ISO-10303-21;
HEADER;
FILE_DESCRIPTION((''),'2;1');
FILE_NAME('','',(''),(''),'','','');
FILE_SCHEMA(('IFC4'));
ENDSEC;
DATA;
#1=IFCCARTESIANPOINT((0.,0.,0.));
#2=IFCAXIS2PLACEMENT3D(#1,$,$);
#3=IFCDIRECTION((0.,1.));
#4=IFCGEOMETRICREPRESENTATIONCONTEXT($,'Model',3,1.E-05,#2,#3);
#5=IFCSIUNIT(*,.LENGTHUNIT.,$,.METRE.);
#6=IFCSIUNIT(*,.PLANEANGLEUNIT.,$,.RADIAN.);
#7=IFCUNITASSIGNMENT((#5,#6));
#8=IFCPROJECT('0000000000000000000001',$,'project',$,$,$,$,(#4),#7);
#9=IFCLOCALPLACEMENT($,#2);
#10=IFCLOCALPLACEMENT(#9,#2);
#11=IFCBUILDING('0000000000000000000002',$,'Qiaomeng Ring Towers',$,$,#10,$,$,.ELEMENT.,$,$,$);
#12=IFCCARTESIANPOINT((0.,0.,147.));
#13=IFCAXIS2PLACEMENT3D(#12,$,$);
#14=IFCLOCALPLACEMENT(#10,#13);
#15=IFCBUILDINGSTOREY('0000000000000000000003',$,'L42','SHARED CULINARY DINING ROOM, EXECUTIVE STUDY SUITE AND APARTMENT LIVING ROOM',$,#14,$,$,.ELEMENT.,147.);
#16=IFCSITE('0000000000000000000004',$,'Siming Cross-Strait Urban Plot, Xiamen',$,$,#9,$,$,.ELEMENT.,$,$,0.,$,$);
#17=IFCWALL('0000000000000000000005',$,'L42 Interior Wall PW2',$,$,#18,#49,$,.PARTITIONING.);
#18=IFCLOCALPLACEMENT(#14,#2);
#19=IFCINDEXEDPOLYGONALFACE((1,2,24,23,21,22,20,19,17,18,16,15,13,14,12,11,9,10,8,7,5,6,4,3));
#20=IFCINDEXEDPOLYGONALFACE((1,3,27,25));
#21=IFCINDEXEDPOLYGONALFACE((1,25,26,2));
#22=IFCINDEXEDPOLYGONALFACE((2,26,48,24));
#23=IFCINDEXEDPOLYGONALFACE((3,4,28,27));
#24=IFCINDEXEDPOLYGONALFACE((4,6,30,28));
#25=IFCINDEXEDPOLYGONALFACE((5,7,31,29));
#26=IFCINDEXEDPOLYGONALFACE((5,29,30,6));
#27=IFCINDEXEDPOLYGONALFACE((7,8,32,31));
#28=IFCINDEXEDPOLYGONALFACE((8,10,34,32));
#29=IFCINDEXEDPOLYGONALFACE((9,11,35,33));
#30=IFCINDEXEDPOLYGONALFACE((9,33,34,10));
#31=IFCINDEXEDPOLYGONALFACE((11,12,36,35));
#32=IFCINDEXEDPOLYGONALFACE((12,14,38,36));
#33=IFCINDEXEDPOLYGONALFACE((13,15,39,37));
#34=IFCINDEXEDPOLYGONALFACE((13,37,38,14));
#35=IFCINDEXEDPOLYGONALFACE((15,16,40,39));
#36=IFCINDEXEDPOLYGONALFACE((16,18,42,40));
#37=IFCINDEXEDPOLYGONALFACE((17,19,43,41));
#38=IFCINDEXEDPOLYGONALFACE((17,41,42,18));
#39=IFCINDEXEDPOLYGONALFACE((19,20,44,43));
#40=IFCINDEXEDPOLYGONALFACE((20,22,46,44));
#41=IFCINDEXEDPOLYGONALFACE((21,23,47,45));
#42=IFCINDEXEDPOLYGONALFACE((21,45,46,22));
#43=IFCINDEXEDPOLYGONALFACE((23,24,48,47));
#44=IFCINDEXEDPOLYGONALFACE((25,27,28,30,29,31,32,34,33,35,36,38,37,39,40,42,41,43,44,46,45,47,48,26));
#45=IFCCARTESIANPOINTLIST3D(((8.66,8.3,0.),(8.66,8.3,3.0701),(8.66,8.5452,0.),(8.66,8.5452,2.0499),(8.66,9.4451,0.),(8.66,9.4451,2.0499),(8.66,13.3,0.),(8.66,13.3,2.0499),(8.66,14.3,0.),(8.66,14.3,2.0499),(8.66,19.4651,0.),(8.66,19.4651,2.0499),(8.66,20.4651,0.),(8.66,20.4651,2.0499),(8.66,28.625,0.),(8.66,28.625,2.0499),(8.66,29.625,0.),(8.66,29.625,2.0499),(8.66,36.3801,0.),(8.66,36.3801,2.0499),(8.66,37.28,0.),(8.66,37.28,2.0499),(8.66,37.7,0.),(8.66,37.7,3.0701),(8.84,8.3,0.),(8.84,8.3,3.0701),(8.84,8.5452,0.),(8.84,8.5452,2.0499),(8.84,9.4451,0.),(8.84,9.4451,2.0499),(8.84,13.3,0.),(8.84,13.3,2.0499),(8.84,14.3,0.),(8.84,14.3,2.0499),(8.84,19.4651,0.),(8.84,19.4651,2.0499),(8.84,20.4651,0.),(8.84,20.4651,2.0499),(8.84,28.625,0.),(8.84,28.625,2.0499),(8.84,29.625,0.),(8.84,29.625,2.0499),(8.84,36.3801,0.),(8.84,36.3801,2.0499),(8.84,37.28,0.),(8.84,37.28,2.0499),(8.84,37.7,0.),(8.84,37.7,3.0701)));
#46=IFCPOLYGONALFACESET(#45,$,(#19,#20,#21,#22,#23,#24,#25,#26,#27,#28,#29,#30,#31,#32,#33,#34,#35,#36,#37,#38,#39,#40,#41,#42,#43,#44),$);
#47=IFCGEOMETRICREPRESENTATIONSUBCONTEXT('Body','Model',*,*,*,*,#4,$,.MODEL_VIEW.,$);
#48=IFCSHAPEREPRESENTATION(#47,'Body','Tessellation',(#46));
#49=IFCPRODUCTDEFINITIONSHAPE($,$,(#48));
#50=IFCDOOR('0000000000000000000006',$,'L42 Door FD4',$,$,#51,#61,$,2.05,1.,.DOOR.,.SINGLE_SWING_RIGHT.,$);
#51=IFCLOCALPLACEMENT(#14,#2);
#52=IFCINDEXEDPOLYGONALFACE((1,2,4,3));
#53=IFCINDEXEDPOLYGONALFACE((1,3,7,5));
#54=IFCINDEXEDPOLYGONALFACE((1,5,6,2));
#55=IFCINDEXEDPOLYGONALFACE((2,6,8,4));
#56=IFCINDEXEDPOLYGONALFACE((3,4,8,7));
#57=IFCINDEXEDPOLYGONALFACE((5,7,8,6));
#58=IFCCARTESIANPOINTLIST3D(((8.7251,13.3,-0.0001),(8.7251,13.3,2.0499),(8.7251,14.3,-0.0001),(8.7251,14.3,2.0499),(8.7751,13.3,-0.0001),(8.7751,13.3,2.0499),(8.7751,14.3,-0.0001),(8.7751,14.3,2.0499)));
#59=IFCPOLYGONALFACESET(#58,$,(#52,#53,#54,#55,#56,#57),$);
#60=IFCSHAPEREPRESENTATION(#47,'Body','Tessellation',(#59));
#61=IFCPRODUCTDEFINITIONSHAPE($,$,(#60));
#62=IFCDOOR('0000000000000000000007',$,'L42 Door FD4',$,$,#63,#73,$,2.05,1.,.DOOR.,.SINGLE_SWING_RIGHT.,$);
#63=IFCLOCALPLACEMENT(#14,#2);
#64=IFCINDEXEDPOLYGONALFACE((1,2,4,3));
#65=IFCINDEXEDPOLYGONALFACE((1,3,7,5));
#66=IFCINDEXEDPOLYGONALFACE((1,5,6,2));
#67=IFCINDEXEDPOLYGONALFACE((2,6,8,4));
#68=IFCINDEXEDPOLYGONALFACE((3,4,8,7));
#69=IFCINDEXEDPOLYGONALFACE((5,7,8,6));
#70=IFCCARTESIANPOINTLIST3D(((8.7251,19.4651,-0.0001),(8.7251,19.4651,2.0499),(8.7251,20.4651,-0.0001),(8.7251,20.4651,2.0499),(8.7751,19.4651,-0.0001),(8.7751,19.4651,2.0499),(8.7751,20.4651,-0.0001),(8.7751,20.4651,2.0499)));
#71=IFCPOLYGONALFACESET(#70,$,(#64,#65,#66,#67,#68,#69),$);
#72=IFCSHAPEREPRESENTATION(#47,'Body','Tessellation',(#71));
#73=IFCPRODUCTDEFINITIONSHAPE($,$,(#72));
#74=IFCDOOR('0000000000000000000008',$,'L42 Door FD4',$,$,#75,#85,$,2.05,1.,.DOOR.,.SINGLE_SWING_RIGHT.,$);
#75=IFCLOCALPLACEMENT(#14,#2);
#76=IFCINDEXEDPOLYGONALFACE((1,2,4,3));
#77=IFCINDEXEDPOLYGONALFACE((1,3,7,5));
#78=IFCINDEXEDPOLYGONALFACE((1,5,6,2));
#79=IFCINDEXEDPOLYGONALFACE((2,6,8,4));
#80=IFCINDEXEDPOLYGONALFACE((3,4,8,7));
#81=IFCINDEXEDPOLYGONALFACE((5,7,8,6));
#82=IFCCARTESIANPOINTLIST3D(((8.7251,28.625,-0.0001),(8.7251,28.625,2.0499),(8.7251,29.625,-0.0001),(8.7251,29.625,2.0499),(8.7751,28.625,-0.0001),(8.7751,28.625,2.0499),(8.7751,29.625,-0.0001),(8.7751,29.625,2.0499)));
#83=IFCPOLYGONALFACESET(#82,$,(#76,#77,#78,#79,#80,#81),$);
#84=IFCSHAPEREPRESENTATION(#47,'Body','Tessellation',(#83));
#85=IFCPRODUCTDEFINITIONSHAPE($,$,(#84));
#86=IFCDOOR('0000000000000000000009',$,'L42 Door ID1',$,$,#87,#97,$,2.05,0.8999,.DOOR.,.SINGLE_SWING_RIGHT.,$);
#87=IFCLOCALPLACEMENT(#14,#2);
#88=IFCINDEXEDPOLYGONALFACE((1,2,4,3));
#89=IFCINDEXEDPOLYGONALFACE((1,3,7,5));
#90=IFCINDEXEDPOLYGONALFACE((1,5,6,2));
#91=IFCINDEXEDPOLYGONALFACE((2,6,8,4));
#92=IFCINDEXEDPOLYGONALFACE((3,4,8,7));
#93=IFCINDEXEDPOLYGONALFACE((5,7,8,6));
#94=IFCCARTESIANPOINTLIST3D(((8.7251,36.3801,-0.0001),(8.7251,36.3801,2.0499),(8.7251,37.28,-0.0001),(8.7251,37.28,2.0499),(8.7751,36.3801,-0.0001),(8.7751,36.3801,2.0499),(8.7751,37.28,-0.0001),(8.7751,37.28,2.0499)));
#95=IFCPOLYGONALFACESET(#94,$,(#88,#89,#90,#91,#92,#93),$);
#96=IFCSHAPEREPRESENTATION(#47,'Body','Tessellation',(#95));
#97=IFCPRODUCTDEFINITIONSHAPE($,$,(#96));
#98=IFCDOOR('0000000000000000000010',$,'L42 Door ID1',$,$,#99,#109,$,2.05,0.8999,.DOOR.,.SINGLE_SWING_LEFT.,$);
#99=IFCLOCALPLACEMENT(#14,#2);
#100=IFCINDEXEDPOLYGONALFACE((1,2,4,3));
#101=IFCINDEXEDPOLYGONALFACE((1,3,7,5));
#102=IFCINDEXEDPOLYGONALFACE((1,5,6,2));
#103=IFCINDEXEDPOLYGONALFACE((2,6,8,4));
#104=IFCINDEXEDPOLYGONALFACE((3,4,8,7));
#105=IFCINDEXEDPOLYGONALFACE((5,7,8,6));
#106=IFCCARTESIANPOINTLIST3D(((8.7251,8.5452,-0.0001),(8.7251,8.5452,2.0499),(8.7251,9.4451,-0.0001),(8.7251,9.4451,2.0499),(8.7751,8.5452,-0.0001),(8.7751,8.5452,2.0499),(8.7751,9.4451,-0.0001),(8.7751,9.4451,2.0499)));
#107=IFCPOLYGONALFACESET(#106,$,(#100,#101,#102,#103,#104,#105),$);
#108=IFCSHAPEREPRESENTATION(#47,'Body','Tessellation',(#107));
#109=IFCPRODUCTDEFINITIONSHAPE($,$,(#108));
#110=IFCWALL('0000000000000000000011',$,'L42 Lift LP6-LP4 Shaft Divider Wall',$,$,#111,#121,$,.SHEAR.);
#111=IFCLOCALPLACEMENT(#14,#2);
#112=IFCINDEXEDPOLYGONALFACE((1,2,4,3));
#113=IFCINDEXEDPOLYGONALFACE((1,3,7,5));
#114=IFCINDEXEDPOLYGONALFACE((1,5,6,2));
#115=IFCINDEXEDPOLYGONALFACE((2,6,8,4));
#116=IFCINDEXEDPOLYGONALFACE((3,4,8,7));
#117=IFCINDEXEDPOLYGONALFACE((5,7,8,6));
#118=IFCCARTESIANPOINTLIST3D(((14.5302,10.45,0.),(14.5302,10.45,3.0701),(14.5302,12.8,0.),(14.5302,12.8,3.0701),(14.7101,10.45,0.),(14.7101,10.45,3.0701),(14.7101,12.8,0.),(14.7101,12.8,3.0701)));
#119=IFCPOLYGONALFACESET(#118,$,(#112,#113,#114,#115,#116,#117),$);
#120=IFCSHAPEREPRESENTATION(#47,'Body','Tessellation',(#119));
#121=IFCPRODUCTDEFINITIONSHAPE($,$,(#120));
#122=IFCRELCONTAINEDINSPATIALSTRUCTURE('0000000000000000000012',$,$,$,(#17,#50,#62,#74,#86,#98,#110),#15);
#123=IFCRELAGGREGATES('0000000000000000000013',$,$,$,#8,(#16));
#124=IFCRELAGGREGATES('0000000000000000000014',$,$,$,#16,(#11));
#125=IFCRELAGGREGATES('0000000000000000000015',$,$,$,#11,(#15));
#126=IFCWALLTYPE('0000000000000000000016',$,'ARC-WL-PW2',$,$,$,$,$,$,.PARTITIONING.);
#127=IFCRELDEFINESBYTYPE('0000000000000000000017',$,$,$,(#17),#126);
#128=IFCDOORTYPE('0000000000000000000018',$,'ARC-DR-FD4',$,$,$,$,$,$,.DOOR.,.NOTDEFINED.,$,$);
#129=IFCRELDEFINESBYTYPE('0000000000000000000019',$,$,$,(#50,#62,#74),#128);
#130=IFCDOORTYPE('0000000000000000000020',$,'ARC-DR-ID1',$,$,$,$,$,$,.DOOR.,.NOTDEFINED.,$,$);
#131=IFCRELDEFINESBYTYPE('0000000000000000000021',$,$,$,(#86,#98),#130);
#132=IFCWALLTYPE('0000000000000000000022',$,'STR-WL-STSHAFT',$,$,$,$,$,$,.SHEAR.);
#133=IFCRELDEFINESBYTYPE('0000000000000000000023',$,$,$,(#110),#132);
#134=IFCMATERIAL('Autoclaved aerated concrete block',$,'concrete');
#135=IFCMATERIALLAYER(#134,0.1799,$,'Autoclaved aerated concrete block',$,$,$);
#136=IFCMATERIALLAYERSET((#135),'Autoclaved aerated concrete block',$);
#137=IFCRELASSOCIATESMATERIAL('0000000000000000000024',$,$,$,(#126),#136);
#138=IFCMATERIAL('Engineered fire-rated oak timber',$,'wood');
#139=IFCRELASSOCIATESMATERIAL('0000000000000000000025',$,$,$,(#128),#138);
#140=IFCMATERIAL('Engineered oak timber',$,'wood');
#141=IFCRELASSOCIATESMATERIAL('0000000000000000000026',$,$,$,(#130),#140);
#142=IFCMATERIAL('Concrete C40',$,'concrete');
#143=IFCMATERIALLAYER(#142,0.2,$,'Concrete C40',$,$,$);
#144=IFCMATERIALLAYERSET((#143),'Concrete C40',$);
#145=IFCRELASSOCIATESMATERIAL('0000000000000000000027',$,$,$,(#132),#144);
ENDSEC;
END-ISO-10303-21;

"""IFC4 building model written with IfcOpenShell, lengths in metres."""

from ifc_helpers import new_model, si_unit, direction, frame, frame_2d, origin, place, context, subcontext, project, spatial, rectangle, extrude, source, transform, mapped, material, layer, layer_set, type_object, element, fill, save


model = new_model("IFC4")

# Units and contexts
model_context = context("Model", 3, precision=1e-05, world=origin(), true_north=direction((0.0, 1.0)))
body_context = subcontext(model_context, "Body", "Model", "MODEL_VIEW")
ifc_project = project(units=[si_unit("LENGTHUNIT", "METRE"), si_unit("PLANEANGLEUNIT", "RADIAN")], contexts=[model_context])

# Site, building, storey
site_placement = place(None, origin())
site = spatial("IfcSite", under=ifc_project, at=site_placement, Name="Siming Cross-Strait Urban Plot, Xiamen", CompositionType="ELEMENT", RefElevation=0.0)
building_placement = place(site_placement, origin())
building = spatial("IfcBuilding", under=site, at=building_placement, Name="Qiaomeng Ring Towers", CompositionType="ELEMENT")
storey_placement = place(building_placement, frame((0.0, 0.0, 147.0)))
storey = spatial("IfcBuildingStorey", under=building, at=storey_placement, Name="L42", Description="SHARED CULINARY DINING ROOM, EXECUTIVE STUDY SUITE AND APARTMENT LIVING ROOM", CompositionType="ELEMENT", Elevation=147.0)

# Shared definitions
ifc_material_1 = material(Name="Autoclaved aerated concrete block", Category="concrete")

# Wall, openings, doors
ifc_layer_1 = layer(ifc_material_1, 0.1799, Name="Autoclaved aerated concrete block")
ifc_layer_set_1 = layer_set([ifc_layer_1], Name="Autoclaved aerated concrete block")
wall_type_1 = type_object("IfcWallType", Name="ARC-WL-PW2", PredefinedType="PARTITIONING", material=ifc_layer_set_1)
ifc_material_2 = material(Name="Engineered fire-rated oak timber", Category="wood")
door_type_1 = type_object("IfcDoorType", Name="ARC-DR-FD4", OperationType="NOTDEFINED", PredefinedType="DOOR", material=ifc_material_2)
shared_shape_1 = source(origin(), body_context, "Body", "SweptSolid", [
    extrude(rectangle(XDim=1.0, YDim=2.05, at=frame_2d((0.5, 1.0249))), frame((0.0, 0.0249, 0.0), z_axis=(0.0, -1.0, 0.0), x_axis=(1.0, 0.0, 0.0)), (0.0, 0.0, 1.0), 0.05),
])
wall_1_placement = place(storey_placement, frame((8.75, 8.3, 0.0), z_axis=(0.0, 0.0, 1.0), x_axis=(0.0, 1.0, 0.0)))
wall_1 = element("IfcWall", 1, at=wall_1_placement, inside=storey, type_object=wall_type_1, Name="L42 Interior Wall PW2", PredefinedType="PARTITIONING", context=body_context, shape_type="SweptSolid", body=[
    extrude(rectangle(XDim=29.3999, YDim=0.1799, at=frame_2d((14.7, 0.0))), origin(), (0.0, 0.0, 1.0), 3.0701),
])
opening_1_placement = place(wall_1_placement, frame((28.0801, 0.0, 0.0)))
opening_1 = element("IfcOpeningElement", 2, at=opening_1_placement, cuts=wall_1, PredefinedType="OPENING", context=body_context, shape_type="SweptSolid", body=[
    extrude(rectangle(XDim=0.8999, YDim=2.05, at=frame_2d((0.45, 1.0249))), frame((0.0, 0.0999, 0.0), z_axis=(0.0, -1.0, 0.0), x_axis=(1.0, 0.0, 0.0)), (0.0, 0.0, 1.0), 0.2),
])
opening_2_placement = place(wall_1_placement, frame((0.2451, 0.0, 0.0)))
opening_2 = element("IfcOpeningElement", 3, at=opening_2_placement, cuts=wall_1, PredefinedType="OPENING", context=body_context, shape_type="SweptSolid", body=[
    extrude(rectangle(XDim=0.8999, YDim=2.05, at=frame_2d((0.45, 1.0249))), frame((0.0, 0.0999, 0.0), z_axis=(0.0, -1.0, 0.0), x_axis=(1.0, 0.0, 0.0)), (0.0, 0.0, 1.0), 0.2),
])
opening_3_placement = place(wall_1_placement, frame((5.0, 0.0, 0.0)))
opening_3 = element("IfcOpeningElement", 4, at=opening_3_placement, cuts=wall_1, PredefinedType="OPENING", context=body_context, shape_type="SweptSolid", body=[
    extrude(rectangle(XDim=1.0, YDim=2.05, at=frame_2d((0.5, 1.0249))), frame((0.0, 0.0999, 0.0), z_axis=(0.0, -1.0, 0.0), x_axis=(1.0, 0.0, 0.0)), (0.0, 0.0, 1.0), 0.2),
])
opening_4_placement = place(wall_1_placement, frame((11.165, 0.0, 0.0)))
opening_4 = element("IfcOpeningElement", 5, at=opening_4_placement, cuts=wall_1, PredefinedType="OPENING", context=body_context, shape_type="SweptSolid", body=[
    extrude(rectangle(XDim=1.0, YDim=2.05, at=frame_2d((0.5, 1.0249))), frame((0.0, 0.0999, 0.0), z_axis=(0.0, -1.0, 0.0), x_axis=(1.0, 0.0, 0.0)), (0.0, 0.0, 1.0), 0.2),
])
opening_5_placement = place(wall_1_placement, frame((20.325, 0.0, 0.0)))
opening_5 = element("IfcOpeningElement", 6, at=opening_5_placement, cuts=wall_1, PredefinedType="OPENING", context=body_context, shape_type="SweptSolid", body=[
    extrude(rectangle(XDim=1.0, YDim=2.05, at=frame_2d((0.5, 1.0249))), frame((0.0, 0.0999, 0.0), z_axis=(0.0, -1.0, 0.0), x_axis=(1.0, 0.0, 0.0)), (0.0, 0.0, 1.0), 0.2),
])
door_1_placement = place(opening_3_placement, origin())
door_1 = element("IfcDoor", 7, at=door_1_placement, inside=storey, type_object=door_type_1, Name="L42 Door FD4", OperationType="SINGLE_SWING_RIGHT", OverallHeight=2.05, OverallWidth=1.0, PredefinedType="DOOR", context=body_context, shape_type="MappedRepresentation", body=[
    mapped(shared_shape_1, transform((0.0, 0.0, 0.0), x_axis=(1.0, 0.0, 0.0), y_axis=(0.0, 1.0, 0.0), z_axis=(0.0, 0.0, 1.0), scale=1.0)),
])
fill(opening_3, door_1)
door_2_placement = place(opening_4_placement, origin())
door_2 = element("IfcDoor", 8, at=door_2_placement, inside=storey, type_object=door_type_1, Name="L42 Door FD4", OperationType="SINGLE_SWING_RIGHT", OverallHeight=2.05, OverallWidth=1.0, PredefinedType="DOOR", context=body_context, shape_type="MappedRepresentation", body=[
    mapped(shared_shape_1, transform((0.0, 0.0, 0.0), x_axis=(1.0, 0.0, 0.0), y_axis=(0.0, 1.0, 0.0), z_axis=(0.0, 0.0, 1.0), scale=1.0)),
])
fill(opening_4, door_2)
door_3_placement = place(opening_5_placement, origin())
door_3 = element("IfcDoor", 9, at=door_3_placement, inside=storey, type_object=door_type_1, Name="L42 Door FD4", OperationType="SINGLE_SWING_RIGHT", OverallHeight=2.05, OverallWidth=1.0, PredefinedType="DOOR", context=body_context, shape_type="MappedRepresentation", body=[
    mapped(shared_shape_1, transform((0.0, 0.0, 0.0), x_axis=(1.0, 0.0, 0.0), y_axis=(0.0, 1.0, 0.0), z_axis=(0.0, 0.0, 1.0), scale=1.0)),
])
fill(opening_5, door_3)
ifc_material_3 = material(Name="Engineered oak timber", Category="wood")
door_type_2 = type_object("IfcDoorType", Name="ARC-DR-ID1", OperationType="NOTDEFINED", PredefinedType="DOOR", material=ifc_material_3)
shared_shape_2 = source(origin(), body_context, "Body", "SweptSolid", [
    extrude(rectangle(XDim=0.8999, YDim=2.05, at=frame_2d((0.45, 1.0249))), frame((0.0, 0.0249, 0.0), z_axis=(0.0, -1.0, 0.0), x_axis=(1.0, 0.0, 0.0)), (0.0, 0.0, 1.0), 0.05),
])
door_4_placement = place(opening_1_placement, origin())
door_4 = element("IfcDoor", 10, at=door_4_placement, inside=storey, type_object=door_type_2, Name="L42 Door ID1", OperationType="SINGLE_SWING_RIGHT", OverallHeight=2.05, OverallWidth=0.8999, PredefinedType="DOOR", context=body_context, shape_type="MappedRepresentation", body=[
    mapped(shared_shape_2, transform((0.0, 0.0, 0.0), x_axis=(1.0, 0.0, 0.0), y_axis=(0.0, 1.0, 0.0), z_axis=(0.0, 0.0, 1.0), scale=1.0)),
])
fill(opening_1, door_4)
door_5_placement = place(opening_2_placement, origin())
door_5 = element("IfcDoor", 11, at=door_5_placement, inside=storey, type_object=door_type_2, Name="L42 Door ID1", OperationType="SINGLE_SWING_LEFT", OverallHeight=2.05, OverallWidth=0.8999, PredefinedType="DOOR", context=body_context, shape_type="MappedRepresentation", body=[
    mapped(shared_shape_2, transform((0.0, 0.0, 0.0), x_axis=(1.0, 0.0, 0.0), y_axis=(0.0, 1.0, 0.0), z_axis=(0.0, 0.0, 1.0), scale=1.0)),
])
fill(opening_2, door_5)

# Wall
ifc_material_4 = material(Name="Concrete C40", Category="concrete")
ifc_layer_2 = layer(ifc_material_4, 0.2, Name="Concrete C40")
ifc_layer_set_2 = layer_set([ifc_layer_2], Name="Concrete C40")
wall_type_2 = type_object("IfcWallType", Name="STR-WL-STSHAFT", PredefinedType="SHEAR", material=ifc_layer_set_2)
wall_2_placement = place(storey_placement, frame((14.6201, 10.45, 0.0), z_axis=(0.0, 0.0, 1.0), x_axis=(0.0, 1.0, 0.0)))
element("IfcWall", 12, at=wall_2_placement, inside=storey, type_object=wall_type_2, Name="L42 Lift LP6-LP4 Shaft Divider Wall", PredefinedType="SHEAR", context=body_context, shape_type="SweptSolid", body=[
    extrude(rectangle(XDim=2.3501, YDim=0.1799, at=frame_2d((1.175, 0.0))), origin(), (0.0, 0.0, 1.0), 3.0701),
])

save(model, "model.ifc")
